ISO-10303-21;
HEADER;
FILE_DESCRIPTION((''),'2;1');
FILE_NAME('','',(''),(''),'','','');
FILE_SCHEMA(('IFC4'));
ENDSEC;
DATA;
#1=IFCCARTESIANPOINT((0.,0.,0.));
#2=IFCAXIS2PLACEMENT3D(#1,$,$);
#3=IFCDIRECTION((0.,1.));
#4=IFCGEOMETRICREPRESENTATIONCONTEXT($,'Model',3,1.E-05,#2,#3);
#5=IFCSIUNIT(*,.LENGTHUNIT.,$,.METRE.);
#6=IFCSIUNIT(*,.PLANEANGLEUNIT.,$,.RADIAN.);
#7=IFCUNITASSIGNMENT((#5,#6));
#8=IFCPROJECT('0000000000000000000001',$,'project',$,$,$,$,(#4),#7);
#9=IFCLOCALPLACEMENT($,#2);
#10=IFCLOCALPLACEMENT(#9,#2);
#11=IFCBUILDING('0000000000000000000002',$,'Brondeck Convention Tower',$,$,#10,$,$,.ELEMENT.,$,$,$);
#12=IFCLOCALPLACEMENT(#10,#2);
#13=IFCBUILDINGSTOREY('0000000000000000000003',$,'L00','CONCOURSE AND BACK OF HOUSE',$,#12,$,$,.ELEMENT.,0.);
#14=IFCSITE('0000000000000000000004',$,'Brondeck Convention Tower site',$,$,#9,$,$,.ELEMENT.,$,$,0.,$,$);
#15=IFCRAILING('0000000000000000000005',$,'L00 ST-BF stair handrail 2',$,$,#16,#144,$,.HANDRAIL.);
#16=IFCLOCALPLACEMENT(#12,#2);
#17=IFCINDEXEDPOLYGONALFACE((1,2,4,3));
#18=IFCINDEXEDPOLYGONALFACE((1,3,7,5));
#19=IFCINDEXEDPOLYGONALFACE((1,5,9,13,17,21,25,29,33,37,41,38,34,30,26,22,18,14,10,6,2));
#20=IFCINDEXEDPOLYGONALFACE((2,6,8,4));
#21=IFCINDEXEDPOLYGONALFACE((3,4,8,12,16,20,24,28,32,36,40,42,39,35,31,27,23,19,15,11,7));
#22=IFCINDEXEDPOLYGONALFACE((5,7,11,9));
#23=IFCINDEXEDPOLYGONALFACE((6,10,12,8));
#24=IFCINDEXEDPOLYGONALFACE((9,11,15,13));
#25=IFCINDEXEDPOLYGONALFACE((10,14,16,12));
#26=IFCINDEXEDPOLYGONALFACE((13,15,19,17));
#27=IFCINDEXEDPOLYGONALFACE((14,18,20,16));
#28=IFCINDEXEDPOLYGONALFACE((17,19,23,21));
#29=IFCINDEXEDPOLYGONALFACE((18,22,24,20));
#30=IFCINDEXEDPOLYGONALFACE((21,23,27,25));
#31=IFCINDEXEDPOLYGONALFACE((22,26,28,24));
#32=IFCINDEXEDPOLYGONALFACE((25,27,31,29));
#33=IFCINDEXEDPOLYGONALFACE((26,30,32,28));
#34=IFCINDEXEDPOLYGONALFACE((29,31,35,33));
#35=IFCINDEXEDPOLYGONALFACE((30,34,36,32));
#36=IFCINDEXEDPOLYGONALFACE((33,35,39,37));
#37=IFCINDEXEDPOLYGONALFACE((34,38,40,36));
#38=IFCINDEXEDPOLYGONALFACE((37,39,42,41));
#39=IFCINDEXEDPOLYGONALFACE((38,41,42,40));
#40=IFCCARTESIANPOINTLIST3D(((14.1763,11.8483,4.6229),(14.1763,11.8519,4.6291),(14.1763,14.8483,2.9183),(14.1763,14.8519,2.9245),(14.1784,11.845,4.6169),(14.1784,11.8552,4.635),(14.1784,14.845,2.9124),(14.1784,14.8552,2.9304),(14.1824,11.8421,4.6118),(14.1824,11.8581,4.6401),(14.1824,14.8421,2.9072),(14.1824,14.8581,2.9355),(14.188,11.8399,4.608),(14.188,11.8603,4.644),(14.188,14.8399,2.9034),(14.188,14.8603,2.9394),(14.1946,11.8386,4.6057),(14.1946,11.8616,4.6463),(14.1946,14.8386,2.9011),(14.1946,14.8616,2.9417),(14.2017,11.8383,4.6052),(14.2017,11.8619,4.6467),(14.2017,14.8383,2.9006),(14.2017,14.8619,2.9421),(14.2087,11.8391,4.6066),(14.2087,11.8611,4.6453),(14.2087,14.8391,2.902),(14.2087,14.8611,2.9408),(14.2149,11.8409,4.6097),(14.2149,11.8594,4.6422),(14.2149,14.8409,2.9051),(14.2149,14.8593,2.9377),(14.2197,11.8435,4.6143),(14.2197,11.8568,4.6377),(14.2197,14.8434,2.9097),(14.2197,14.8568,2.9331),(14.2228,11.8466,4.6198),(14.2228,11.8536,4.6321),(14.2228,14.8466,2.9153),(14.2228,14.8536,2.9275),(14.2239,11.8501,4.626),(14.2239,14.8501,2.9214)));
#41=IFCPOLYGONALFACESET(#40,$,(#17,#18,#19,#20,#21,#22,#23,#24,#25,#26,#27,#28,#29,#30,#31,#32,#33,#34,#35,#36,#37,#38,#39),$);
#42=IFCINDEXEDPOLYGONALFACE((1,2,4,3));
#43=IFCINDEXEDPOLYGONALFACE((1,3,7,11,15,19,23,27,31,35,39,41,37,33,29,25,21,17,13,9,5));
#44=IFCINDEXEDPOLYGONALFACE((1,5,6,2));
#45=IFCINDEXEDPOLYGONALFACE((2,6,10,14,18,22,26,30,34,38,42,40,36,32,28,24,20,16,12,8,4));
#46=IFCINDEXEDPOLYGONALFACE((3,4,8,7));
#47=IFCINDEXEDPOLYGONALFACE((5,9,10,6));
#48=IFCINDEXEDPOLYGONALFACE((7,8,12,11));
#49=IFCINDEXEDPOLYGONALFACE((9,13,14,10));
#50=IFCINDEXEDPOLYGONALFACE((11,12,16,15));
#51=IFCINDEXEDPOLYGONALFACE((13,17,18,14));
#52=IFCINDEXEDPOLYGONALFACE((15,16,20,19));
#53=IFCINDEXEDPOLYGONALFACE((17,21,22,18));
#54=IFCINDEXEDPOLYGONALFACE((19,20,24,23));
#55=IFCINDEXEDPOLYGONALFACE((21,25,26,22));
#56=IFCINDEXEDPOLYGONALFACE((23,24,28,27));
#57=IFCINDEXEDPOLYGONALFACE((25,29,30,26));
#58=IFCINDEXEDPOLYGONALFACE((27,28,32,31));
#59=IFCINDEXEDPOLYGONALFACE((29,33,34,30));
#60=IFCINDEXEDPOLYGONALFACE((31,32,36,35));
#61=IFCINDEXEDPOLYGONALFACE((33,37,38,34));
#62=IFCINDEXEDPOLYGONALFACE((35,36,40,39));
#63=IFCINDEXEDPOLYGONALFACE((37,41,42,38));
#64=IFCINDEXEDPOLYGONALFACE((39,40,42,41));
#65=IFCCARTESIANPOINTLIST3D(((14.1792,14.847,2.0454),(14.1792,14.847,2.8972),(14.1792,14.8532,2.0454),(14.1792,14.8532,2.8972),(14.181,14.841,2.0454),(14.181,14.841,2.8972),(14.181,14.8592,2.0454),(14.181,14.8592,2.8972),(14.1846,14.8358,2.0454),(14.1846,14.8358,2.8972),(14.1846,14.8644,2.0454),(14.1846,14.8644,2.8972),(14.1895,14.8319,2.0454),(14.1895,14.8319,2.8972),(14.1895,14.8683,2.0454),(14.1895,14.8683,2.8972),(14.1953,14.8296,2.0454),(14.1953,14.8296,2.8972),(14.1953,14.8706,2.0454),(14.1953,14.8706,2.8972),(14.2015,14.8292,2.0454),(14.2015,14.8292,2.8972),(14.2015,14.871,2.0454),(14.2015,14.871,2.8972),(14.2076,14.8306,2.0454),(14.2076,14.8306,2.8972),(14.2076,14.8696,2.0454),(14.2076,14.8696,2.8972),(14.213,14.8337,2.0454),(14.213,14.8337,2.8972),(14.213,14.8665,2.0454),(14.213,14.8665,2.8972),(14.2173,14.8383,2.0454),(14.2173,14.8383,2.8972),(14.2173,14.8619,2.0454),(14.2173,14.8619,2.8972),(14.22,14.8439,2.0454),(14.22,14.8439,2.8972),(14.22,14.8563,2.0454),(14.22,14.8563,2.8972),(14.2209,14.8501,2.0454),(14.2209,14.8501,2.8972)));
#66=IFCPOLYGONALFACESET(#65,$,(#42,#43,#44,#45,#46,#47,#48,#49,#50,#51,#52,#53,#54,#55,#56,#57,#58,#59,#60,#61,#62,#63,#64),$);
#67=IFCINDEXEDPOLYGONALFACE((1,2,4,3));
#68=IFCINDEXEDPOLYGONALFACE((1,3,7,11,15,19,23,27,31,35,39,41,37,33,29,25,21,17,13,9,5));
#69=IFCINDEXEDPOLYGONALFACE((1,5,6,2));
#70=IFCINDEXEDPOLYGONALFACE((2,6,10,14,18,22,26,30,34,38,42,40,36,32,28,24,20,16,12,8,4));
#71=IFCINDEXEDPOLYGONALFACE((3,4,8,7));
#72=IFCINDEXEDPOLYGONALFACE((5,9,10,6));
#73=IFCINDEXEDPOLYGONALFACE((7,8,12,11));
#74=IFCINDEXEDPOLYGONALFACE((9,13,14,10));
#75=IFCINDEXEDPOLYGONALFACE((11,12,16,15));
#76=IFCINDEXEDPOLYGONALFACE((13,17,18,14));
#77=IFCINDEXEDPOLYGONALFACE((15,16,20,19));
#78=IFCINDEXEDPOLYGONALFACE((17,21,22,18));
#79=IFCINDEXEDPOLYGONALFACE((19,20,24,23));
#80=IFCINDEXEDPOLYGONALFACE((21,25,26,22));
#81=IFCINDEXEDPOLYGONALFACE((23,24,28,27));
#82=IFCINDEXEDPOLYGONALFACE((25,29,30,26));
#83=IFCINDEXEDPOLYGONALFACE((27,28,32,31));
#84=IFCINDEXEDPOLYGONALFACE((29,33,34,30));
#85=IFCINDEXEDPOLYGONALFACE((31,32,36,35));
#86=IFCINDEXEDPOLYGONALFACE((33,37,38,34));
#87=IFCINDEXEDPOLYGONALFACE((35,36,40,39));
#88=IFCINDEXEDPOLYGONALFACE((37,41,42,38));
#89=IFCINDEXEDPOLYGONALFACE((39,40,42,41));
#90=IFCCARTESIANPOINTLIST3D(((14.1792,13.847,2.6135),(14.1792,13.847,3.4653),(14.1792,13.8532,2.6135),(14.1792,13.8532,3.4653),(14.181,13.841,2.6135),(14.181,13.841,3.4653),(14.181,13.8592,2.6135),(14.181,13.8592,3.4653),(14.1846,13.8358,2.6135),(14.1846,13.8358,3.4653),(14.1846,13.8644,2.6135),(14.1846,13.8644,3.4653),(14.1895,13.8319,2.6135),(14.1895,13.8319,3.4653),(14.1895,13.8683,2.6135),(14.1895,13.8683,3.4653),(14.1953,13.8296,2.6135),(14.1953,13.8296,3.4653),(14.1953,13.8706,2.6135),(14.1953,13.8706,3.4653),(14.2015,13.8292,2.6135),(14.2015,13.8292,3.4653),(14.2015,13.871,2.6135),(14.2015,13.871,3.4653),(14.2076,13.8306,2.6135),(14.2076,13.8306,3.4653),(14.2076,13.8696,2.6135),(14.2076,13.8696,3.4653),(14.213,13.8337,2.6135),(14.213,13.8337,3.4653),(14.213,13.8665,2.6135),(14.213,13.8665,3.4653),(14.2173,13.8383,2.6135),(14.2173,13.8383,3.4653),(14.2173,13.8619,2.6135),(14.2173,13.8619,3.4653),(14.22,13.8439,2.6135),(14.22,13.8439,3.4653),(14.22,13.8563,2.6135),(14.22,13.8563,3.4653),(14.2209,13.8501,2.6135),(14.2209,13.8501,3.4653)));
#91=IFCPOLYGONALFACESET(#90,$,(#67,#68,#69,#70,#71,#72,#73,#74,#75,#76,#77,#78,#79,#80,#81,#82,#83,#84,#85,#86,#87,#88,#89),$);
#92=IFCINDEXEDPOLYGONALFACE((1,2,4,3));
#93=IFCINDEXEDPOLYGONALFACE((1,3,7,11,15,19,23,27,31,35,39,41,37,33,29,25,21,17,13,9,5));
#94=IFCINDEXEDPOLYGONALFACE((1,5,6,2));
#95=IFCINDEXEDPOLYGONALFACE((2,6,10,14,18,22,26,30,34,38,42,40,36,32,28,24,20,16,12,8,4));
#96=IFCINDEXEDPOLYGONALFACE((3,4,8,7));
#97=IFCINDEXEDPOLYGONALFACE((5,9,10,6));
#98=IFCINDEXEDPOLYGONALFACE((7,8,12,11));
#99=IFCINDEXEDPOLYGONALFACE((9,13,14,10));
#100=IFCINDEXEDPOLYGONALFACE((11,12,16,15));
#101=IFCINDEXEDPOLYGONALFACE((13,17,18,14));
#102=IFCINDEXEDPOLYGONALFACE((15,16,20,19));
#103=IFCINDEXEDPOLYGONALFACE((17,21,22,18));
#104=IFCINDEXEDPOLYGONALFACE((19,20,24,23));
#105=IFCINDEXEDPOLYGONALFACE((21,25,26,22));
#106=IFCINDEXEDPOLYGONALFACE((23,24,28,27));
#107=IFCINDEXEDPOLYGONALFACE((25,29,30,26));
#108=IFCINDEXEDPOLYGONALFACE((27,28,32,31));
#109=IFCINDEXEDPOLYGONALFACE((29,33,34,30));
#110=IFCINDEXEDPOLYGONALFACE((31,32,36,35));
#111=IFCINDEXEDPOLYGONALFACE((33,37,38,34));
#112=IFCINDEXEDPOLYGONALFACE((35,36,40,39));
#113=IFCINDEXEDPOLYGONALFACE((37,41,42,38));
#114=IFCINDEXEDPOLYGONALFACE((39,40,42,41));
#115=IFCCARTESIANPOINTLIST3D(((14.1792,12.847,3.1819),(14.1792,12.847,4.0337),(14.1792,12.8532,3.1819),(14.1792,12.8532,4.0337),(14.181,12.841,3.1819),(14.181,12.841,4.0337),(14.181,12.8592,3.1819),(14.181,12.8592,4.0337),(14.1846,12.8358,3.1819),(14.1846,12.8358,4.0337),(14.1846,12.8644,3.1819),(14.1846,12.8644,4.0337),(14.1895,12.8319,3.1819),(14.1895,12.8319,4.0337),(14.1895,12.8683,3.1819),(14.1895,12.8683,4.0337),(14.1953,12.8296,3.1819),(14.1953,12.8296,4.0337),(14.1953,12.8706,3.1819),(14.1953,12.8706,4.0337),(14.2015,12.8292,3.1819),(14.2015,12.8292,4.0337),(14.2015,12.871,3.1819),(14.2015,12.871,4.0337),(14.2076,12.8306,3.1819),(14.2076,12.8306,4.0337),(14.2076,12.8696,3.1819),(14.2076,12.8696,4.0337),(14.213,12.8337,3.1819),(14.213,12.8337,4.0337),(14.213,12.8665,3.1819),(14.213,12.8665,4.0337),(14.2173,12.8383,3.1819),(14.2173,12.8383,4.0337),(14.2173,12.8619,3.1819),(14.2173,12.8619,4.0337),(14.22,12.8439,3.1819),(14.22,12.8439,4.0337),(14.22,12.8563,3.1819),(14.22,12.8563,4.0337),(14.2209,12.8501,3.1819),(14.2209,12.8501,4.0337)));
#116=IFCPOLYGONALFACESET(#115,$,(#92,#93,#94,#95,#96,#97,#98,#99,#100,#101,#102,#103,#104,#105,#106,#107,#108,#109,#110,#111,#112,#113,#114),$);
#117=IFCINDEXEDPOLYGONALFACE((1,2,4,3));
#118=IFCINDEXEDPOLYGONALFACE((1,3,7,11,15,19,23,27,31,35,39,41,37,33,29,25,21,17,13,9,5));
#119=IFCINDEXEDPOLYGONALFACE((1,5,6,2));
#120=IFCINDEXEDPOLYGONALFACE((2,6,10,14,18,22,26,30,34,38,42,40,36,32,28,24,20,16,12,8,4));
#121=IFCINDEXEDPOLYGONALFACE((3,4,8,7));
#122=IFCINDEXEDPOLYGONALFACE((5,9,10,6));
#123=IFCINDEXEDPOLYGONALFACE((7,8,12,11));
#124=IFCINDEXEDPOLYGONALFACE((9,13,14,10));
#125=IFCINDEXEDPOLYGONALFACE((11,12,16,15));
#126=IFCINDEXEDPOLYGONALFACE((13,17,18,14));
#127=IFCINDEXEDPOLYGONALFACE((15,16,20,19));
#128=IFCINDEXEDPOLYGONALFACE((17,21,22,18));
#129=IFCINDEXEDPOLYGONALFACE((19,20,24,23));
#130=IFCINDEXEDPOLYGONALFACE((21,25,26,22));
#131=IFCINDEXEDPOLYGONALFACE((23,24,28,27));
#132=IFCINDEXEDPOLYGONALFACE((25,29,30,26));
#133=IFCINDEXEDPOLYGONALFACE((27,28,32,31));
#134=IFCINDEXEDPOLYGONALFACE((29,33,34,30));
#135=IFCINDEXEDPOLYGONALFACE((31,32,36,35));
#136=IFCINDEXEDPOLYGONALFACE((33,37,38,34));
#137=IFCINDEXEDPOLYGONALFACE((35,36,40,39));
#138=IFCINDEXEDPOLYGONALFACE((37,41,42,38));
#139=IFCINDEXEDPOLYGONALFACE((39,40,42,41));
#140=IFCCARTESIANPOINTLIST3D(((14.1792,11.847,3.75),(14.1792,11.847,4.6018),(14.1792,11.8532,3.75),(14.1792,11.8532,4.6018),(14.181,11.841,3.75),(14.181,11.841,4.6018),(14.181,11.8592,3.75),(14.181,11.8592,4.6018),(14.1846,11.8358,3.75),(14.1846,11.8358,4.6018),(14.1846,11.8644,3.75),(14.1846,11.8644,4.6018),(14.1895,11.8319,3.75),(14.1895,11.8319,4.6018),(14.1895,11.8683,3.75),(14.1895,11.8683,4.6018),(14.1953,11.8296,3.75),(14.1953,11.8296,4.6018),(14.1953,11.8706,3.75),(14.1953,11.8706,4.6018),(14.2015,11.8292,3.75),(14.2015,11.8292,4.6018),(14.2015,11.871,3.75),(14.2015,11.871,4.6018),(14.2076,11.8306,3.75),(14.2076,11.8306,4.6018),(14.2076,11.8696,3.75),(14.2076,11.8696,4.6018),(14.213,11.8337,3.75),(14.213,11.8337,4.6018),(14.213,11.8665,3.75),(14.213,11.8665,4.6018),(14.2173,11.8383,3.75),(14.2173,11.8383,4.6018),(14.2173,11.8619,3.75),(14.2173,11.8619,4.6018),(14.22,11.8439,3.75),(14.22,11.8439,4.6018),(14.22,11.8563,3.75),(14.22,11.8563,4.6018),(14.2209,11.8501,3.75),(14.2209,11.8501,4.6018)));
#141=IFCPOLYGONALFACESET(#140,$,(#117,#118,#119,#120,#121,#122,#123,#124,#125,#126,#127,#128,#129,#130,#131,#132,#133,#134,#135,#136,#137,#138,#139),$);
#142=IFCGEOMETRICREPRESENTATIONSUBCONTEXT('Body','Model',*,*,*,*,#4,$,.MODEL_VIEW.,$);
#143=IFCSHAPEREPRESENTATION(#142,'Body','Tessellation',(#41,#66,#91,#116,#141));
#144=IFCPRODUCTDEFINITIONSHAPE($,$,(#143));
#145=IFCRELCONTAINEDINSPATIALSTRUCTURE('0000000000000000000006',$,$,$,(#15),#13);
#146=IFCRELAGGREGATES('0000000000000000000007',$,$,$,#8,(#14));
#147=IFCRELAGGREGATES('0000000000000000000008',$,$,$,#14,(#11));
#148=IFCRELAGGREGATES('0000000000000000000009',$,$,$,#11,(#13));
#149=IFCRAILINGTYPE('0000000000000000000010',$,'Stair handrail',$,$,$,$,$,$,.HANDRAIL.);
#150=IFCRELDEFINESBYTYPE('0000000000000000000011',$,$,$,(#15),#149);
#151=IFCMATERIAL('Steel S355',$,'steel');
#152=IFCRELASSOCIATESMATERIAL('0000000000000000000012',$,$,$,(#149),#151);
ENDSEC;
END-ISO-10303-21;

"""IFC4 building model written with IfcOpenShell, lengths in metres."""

from ifc_helpers import new_model, si_unit, direction, frame, origin, origin_2d, place, context, subcontext, project, spatial, circle, extrude, material, type_object, element, save


model = new_model("IFC4")

# Units and contexts
model_context = context("Model", 3, precision=1e-05, world=origin(), true_north=direction((0.0, 1.0)))
body_context = subcontext(model_context, "Body", "Model", "MODEL_VIEW")
ifc_project = project(units=[si_unit("LENGTHUNIT", "METRE"), si_unit("PLANEANGLEUNIT", "RADIAN")], contexts=[model_context])

# Site, building, storey
site_placement = place(None, origin())
site = spatial("IfcSite", under=ifc_project, at=site_placement, Name="Brondeck Convention Tower site", CompositionType="ELEMENT", RefElevation=0.0)
building_placement = place(site_placement, origin())
building = spatial("IfcBuilding", under=site, at=building_placement, Name="Brondeck Convention Tower", CompositionType="ELEMENT")
storey_placement = place(building_placement, origin())
storey = spatial("IfcBuildingStorey", under=building, at=storey_placement, Name="L00", Description="CONCOURSE AND BACK OF HOUSE", CompositionType="ELEMENT", Elevation=0.0)

# Shared definitions
ifc_material_1 = material(Name="Steel S355", Category="steel")

# Railing
railing_type = type_object("IfcRailingType", Name="Stair handrail", PredefinedType="HANDRAIL", material=ifc_material_1)
for number, where, name in (
    (1, (14.2, 14.8501, 2.0454), "L00 ST-BF stair handrail 2"),
):
    element("IfcRailing", number, at=place(storey_placement, frame(where)), inside=storey, type_object=railing_type, Name=name, PredefinedType="HANDRAIL", context=body_context, shape_type="SweptSolid", body=[
        extrude(circle(Radius=0.0239, at=origin_2d()), frame((0.0, 0.0, 0.876), z_axis=(0.0, -0.869451, 0.494019), x_axis=(1.0, 0.0, 0.0)), (0.0, 0.0, 1.0), 3.4504),
        extrude(circle(Radius=0.021, at=origin_2d()), origin(), (0.0, 0.0, 1.0), 0.8518),
        extrude(circle(Radius=0.021, at=origin_2d()), frame((0.0, -1.0, 0.5681)), (0.0, 0.0, 1.0), 0.8518),
        extrude(circle(Radius=0.021, at=origin_2d()), frame((0.0, -2.0, 1.1365)), (0.0, 0.0, 1.0), 0.8518),
        extrude(circle(Radius=0.021, at=origin_2d()), frame((0.0, -3.0, 1.7046)), (0.0, 0.0, 1.0), 0.8518),
    ])

save(model, "model.ifc")
